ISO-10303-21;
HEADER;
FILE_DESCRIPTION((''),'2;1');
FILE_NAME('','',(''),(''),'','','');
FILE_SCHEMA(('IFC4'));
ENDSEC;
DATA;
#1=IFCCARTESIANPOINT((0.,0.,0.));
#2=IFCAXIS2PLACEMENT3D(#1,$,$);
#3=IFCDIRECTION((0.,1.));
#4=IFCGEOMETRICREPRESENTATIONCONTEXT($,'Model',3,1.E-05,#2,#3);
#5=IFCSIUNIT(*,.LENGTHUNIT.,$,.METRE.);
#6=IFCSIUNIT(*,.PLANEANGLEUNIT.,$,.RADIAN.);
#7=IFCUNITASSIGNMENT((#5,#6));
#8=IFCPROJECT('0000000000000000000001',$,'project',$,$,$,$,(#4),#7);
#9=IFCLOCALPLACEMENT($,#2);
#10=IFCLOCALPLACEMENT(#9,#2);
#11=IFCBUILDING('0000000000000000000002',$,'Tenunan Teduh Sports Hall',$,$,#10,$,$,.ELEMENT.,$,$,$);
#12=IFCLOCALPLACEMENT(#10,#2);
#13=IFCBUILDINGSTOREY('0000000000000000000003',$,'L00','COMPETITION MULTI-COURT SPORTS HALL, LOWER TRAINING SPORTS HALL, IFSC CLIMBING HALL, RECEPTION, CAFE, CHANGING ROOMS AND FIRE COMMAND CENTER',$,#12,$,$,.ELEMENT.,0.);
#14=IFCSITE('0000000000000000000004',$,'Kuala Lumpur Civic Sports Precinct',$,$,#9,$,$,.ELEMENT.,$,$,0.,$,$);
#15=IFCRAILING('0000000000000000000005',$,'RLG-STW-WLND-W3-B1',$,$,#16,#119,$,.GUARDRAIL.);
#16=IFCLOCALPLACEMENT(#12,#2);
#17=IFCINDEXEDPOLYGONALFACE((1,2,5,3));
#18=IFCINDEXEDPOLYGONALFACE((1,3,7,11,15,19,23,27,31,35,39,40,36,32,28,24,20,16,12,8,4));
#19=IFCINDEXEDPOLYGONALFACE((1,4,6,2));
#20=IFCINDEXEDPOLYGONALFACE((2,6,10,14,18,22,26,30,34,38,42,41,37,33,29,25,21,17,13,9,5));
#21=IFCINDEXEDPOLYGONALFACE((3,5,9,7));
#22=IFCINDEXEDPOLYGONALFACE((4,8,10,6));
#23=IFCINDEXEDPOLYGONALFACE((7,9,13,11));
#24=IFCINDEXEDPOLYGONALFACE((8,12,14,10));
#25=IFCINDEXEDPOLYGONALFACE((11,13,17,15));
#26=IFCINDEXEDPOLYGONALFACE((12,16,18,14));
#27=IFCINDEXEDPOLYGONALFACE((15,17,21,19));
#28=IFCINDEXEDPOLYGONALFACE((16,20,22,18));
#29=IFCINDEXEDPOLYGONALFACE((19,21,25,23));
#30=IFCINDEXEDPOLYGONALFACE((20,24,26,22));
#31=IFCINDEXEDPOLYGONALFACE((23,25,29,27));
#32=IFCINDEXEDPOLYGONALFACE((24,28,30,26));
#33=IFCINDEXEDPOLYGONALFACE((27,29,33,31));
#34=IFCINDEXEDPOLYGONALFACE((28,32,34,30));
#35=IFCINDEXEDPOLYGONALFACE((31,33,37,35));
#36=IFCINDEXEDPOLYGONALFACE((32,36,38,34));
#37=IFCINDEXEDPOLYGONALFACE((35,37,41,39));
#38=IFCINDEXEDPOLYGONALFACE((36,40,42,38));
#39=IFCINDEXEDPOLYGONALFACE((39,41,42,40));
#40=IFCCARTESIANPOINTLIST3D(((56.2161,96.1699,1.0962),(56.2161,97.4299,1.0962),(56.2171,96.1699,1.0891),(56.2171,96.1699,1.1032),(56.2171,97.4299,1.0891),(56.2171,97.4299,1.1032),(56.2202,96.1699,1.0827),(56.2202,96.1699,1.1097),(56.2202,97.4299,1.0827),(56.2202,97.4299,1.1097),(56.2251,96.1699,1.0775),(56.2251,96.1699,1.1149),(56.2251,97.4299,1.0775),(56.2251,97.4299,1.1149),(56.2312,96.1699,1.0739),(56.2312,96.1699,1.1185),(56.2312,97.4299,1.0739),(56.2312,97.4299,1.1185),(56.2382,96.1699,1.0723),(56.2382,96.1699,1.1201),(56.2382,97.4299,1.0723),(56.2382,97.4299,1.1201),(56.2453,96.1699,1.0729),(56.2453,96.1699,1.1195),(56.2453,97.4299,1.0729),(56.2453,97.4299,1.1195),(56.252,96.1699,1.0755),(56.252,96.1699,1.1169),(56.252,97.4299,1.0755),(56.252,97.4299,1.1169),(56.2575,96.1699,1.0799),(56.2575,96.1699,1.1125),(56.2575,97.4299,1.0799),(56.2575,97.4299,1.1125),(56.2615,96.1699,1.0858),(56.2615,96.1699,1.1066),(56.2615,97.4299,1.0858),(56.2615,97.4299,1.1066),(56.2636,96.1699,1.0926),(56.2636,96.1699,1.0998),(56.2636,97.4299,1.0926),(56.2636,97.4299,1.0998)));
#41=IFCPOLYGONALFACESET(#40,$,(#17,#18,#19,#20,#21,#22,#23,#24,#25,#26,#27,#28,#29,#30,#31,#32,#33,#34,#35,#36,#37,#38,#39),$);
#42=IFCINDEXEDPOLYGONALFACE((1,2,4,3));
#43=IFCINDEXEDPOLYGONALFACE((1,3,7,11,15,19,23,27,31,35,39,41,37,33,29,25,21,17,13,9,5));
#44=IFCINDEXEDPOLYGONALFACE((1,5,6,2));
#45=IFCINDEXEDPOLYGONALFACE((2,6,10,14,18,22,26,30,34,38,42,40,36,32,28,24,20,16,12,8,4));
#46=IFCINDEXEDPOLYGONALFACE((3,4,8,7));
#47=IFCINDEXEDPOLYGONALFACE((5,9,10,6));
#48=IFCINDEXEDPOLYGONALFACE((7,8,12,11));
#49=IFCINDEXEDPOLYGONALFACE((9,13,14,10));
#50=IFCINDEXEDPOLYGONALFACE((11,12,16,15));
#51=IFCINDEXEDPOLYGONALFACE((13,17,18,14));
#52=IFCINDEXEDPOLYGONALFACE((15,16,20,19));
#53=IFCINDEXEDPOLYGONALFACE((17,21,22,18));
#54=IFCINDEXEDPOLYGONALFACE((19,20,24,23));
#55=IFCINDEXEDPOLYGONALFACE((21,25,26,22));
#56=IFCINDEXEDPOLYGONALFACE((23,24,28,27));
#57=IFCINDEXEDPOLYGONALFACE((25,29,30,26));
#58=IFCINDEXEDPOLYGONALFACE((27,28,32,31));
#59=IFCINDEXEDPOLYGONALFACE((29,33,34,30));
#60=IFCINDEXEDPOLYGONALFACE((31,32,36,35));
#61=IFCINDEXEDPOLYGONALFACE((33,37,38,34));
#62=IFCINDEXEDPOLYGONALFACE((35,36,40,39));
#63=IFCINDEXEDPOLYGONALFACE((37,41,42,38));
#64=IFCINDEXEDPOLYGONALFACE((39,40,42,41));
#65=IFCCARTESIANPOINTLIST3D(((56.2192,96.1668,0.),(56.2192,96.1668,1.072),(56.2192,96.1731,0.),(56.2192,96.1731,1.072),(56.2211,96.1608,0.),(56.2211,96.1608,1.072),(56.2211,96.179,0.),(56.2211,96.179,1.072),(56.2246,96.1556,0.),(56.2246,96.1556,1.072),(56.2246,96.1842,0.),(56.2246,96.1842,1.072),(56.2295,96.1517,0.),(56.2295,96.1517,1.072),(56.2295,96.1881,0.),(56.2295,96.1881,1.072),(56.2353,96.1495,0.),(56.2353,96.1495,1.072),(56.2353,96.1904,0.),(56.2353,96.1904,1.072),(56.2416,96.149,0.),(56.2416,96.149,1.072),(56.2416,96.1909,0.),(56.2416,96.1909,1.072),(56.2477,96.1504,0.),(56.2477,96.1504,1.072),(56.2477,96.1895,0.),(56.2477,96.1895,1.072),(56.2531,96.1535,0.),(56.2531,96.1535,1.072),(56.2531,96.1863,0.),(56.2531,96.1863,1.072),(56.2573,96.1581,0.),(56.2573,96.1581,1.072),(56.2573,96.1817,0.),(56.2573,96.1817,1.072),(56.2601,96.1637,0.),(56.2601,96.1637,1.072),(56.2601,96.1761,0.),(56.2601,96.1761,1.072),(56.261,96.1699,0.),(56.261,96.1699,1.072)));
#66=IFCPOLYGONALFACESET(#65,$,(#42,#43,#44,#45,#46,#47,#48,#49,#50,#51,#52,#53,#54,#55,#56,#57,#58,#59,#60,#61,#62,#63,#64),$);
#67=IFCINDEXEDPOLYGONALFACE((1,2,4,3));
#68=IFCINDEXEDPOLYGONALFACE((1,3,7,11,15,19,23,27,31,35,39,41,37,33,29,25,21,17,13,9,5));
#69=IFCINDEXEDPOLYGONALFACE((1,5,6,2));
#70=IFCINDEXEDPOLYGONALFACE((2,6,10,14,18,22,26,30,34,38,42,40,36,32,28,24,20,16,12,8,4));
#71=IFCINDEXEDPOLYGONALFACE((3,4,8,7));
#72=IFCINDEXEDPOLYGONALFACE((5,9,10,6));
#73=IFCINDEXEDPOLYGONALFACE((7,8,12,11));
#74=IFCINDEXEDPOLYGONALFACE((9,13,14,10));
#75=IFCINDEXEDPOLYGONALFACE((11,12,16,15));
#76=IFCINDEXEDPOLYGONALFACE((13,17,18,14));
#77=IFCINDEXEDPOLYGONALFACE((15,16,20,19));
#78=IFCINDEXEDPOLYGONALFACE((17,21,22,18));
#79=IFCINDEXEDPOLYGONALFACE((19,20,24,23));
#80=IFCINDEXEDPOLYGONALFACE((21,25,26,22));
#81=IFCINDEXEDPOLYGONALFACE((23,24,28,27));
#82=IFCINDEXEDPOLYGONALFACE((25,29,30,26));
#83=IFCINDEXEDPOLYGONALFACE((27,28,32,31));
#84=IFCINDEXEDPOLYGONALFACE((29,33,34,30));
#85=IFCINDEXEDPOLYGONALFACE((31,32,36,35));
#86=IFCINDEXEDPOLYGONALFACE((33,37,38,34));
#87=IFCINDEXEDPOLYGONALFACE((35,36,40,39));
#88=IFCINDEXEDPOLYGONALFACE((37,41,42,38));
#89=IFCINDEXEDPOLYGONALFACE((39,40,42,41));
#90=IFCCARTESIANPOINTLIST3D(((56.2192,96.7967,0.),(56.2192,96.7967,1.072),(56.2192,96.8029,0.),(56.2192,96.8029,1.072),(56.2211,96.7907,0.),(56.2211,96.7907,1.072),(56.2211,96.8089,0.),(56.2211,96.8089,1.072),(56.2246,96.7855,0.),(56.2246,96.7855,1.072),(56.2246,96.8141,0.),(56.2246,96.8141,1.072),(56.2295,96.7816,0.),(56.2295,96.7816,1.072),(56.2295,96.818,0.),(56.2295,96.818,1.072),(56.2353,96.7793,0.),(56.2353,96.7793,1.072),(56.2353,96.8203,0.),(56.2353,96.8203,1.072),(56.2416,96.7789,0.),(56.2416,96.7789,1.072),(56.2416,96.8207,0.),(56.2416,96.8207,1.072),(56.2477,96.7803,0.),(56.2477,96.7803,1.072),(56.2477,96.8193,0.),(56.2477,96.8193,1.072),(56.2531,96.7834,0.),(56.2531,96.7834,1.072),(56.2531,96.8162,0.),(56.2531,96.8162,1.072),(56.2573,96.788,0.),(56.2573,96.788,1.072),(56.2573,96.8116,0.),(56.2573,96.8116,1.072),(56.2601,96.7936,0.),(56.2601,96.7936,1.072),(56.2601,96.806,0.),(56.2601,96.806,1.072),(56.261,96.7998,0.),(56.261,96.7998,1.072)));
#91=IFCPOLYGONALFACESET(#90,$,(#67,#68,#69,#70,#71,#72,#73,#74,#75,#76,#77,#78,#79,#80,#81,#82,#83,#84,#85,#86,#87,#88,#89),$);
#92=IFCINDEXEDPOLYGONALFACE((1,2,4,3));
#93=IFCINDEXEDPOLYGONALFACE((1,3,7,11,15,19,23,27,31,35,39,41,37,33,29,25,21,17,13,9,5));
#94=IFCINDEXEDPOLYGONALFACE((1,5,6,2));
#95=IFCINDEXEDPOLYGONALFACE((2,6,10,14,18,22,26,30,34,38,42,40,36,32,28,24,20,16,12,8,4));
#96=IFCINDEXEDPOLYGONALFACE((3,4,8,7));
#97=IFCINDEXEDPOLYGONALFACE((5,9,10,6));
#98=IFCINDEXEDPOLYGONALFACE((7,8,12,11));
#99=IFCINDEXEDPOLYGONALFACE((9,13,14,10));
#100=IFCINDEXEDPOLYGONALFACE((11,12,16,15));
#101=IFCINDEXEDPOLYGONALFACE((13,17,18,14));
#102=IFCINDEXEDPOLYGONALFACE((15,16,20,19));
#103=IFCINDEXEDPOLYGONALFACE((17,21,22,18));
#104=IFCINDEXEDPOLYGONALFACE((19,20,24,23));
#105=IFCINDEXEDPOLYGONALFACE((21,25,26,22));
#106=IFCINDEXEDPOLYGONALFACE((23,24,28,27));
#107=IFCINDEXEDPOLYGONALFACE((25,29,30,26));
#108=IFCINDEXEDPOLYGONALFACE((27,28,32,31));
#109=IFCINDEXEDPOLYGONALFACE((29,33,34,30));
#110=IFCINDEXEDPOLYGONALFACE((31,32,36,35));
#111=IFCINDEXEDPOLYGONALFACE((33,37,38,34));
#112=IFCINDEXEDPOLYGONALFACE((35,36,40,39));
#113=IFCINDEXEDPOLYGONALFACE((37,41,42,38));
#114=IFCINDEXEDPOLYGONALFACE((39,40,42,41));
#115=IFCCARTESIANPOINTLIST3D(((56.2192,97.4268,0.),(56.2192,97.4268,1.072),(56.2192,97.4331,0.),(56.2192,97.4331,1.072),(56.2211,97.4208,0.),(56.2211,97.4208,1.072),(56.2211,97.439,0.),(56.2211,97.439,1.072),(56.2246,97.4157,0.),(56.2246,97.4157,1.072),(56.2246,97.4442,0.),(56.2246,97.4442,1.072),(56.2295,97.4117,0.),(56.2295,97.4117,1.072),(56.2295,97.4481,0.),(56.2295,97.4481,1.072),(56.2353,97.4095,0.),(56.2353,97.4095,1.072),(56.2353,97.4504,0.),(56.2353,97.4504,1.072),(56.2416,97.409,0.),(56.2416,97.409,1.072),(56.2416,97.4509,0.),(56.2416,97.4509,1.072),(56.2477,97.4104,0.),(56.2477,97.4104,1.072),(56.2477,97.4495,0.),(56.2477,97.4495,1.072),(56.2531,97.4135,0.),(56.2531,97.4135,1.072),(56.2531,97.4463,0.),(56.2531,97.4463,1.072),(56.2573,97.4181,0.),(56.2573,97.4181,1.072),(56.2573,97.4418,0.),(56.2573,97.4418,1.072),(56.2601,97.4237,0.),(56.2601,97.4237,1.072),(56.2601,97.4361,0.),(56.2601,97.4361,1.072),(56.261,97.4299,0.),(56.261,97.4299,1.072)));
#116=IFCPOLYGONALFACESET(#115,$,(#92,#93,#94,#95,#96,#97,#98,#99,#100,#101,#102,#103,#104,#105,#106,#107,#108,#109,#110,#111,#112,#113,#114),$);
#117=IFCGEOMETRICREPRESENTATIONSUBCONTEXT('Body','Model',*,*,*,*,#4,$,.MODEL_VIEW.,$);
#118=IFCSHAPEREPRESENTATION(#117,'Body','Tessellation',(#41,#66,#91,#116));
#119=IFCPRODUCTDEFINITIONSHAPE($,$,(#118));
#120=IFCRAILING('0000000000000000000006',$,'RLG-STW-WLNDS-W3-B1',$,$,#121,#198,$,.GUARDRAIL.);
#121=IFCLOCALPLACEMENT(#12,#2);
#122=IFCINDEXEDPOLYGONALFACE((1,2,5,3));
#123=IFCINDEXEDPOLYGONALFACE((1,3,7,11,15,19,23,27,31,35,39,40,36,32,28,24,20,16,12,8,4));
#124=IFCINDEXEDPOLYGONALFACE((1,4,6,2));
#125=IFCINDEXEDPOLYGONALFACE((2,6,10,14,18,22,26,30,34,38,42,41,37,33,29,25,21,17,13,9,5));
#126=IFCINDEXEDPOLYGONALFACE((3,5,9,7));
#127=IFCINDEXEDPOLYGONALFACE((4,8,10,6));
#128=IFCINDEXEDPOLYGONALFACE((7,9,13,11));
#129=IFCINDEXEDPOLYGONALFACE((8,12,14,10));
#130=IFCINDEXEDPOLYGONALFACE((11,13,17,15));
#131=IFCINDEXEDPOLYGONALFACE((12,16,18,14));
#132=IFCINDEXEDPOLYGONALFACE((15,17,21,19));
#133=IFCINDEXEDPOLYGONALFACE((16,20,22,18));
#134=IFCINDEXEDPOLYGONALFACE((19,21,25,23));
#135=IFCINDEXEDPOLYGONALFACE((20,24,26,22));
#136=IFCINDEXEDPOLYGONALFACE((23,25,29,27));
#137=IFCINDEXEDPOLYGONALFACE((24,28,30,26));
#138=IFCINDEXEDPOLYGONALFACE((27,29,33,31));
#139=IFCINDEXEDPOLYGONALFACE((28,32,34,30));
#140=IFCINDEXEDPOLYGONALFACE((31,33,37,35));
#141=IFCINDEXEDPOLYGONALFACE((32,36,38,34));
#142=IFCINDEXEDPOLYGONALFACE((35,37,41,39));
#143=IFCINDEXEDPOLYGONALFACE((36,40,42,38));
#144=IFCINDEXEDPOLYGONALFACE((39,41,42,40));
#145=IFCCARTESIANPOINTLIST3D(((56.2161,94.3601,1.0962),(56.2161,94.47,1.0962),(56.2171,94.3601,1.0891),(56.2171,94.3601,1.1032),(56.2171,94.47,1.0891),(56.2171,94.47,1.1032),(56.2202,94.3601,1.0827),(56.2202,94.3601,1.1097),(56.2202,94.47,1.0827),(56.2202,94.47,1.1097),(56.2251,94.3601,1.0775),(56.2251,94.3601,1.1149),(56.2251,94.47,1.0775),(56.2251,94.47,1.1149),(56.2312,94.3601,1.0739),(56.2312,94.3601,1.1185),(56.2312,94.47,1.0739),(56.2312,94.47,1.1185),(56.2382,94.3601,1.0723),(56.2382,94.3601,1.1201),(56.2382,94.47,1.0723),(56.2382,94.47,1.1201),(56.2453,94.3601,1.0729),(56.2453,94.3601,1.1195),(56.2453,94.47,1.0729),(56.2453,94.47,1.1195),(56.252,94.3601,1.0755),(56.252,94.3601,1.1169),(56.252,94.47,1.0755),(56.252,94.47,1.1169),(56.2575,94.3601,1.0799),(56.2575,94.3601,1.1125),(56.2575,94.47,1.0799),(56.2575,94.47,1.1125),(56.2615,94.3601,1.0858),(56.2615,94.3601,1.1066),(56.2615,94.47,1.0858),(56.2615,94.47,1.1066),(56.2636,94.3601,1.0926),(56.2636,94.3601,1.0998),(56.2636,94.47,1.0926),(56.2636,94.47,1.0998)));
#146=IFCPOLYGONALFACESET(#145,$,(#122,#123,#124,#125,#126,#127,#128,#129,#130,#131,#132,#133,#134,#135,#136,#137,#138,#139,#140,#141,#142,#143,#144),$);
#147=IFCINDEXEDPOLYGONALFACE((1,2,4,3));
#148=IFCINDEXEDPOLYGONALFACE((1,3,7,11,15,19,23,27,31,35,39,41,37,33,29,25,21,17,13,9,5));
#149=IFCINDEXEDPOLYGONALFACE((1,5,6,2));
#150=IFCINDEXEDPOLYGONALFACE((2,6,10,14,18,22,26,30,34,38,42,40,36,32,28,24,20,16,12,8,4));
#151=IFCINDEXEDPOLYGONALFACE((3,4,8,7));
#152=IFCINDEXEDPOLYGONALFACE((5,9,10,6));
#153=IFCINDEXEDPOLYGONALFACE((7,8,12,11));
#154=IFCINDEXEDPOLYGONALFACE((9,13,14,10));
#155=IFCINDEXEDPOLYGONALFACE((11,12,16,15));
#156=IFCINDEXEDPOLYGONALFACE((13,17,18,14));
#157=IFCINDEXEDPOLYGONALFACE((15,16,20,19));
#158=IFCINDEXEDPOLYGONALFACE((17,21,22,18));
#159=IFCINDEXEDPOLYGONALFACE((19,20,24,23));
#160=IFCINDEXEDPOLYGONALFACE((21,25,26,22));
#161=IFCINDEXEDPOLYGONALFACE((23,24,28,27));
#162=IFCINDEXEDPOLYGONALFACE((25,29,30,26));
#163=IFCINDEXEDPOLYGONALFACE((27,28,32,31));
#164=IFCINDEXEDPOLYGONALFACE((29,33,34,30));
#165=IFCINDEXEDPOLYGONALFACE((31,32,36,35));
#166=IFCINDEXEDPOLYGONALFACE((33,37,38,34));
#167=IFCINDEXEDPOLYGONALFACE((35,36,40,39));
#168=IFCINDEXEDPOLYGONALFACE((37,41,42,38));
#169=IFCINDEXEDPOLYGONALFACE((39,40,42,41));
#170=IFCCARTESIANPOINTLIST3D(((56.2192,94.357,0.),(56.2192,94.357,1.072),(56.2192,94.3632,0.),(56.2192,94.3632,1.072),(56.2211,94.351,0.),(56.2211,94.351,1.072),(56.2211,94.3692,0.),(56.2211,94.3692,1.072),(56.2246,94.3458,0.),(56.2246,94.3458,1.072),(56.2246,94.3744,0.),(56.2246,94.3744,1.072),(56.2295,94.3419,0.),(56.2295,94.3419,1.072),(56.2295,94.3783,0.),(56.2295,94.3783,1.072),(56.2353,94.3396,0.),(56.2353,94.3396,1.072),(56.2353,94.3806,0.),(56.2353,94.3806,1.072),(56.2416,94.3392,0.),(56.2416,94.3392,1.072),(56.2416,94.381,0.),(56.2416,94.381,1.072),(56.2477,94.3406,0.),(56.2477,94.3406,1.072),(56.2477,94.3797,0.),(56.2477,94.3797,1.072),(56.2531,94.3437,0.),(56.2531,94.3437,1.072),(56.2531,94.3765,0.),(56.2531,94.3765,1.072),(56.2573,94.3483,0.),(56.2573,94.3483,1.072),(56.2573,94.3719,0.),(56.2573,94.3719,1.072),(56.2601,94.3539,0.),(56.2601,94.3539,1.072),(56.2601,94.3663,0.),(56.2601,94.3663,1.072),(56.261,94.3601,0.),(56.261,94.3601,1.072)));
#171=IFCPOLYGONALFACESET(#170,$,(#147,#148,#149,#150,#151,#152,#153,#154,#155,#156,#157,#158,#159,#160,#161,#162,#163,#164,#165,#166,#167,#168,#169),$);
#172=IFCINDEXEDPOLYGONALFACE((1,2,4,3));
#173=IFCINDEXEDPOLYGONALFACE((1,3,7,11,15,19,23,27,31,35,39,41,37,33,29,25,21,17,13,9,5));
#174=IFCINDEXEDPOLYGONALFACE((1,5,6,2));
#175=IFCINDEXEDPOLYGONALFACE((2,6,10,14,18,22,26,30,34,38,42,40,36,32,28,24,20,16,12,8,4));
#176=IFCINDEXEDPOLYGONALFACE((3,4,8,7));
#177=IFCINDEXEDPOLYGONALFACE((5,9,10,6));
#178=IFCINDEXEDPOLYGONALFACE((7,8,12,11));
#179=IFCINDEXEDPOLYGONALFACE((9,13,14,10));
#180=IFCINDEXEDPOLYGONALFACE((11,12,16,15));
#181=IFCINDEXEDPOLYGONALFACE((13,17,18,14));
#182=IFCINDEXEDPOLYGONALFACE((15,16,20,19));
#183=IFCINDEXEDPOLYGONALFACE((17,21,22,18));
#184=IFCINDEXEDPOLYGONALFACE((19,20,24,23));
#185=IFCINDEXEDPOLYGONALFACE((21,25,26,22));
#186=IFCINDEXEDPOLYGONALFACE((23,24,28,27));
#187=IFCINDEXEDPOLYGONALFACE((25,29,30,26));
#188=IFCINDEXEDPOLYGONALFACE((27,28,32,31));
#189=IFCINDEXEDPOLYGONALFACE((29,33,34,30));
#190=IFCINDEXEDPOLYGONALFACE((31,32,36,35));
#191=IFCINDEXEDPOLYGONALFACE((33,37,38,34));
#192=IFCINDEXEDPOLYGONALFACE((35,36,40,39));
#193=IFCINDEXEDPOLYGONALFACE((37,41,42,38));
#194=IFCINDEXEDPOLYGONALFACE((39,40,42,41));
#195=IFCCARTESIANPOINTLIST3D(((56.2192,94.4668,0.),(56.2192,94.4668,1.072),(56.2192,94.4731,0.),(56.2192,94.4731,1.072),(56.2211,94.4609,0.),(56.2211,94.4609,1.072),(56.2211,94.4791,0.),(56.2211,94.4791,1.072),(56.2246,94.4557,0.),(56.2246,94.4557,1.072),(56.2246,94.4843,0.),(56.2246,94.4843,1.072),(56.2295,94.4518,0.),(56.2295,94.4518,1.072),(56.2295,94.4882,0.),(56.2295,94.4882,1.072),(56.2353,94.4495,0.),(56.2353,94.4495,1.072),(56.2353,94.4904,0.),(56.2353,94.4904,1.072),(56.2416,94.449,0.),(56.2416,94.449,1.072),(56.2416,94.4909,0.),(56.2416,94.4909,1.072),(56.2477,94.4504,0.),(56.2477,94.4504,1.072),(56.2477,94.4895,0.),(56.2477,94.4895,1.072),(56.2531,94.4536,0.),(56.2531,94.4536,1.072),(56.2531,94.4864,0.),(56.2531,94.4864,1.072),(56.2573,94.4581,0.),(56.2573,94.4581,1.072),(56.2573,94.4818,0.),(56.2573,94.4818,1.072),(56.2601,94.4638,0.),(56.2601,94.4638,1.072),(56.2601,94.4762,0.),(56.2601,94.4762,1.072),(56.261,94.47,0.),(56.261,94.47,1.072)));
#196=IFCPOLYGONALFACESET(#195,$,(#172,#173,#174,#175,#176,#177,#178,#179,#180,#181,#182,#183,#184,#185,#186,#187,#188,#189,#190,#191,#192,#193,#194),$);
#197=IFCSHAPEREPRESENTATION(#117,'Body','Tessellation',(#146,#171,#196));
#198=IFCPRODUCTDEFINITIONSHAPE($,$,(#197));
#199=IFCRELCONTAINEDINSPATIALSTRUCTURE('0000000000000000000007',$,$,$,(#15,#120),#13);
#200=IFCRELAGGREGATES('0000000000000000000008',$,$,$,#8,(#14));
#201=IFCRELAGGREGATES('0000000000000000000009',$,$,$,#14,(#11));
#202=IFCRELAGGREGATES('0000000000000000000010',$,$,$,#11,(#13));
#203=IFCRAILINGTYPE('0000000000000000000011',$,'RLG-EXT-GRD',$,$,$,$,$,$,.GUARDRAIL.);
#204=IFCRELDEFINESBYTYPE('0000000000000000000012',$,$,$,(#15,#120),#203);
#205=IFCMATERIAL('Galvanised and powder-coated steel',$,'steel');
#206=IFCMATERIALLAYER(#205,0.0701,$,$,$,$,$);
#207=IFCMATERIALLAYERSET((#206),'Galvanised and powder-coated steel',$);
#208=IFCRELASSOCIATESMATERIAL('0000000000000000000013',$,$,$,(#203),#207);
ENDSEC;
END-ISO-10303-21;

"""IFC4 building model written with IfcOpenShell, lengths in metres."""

from ifc_helpers import new_model, si_unit, direction, frame, origin, origin_2d, place, context, subcontext, project, spatial, circle, extrude, material, layer, layer_set, type_object, element, save


model = new_model("IFC4")

# Units and contexts
model_context = context("Model", 3, precision=1e-05, world=origin(), true_north=direction((0.0, 1.0)))
body_context = subcontext(model_context, "Body", "Model", "MODEL_VIEW")
ifc_project = project(units=[si_unit("LENGTHUNIT", "METRE"), si_unit("PLANEANGLEUNIT", "RADIAN")], contexts=[model_context])

# Site, building, storey
site_placement = place(None, origin())
site = spatial("IfcSite", under=ifc_project, at=site_placement, Name="Kuala Lumpur Civic Sports Precinct", CompositionType="ELEMENT", RefElevation=0.0)
building_placement = place(site_placement, origin())
building = spatial("IfcBuilding", under=site, at=building_placement, Name="Tenunan Teduh Sports Hall", CompositionType="ELEMENT")
storey_placement = place(building_placement, origin())
storey = spatial("IfcBuildingStorey", under=building, at=storey_placement, Name="L00", Description="COMPETITION MULTI-COURT SPORTS HALL, LOWER TRAINING SPORTS HALL, IFSC CLIMBING HALL, RECEPTION, CAFE, CHANGING ROOMS AND FIRE COMMAND CENTER", CompositionType="ELEMENT", Elevation=0.0)

# Railings
ifc_material_1 = material(Name="Galvanised and powder-coated steel", Category="steel")
ifc_layer_1 = layer(ifc_material_1, 0.0701)
ifc_layer_set_1 = layer_set([ifc_layer_1], Name="Galvanised and powder-coated steel")
railing_type_1 = type_object("IfcRailingType", Name="RLG-EXT-GRD", PredefinedType="GUARDRAIL", material=ifc_layer_set_1)
railing_1_placement = place(storey_placement, frame((56.24, 96.1699, 0.0)))
element("IfcRailing", 1, at=railing_1_placement, inside=storey, type_object=railing_type_1, Name="RLG-STW-WLND-W3-B1", PredefinedType="GUARDRAIL", context=body_context, shape_type="SweptSolid", body=[
    extrude(circle(Radius=0.0239, at=origin_2d()), frame((0.0, 0.0, 1.0962), z_axis=(0.0, 1.0, 0.0), x_axis=(-1.0, 0.0, 0.0)), (0.0, 0.0, 1.0), 1.26),
    extrude(circle(Radius=0.021, at=origin_2d()), origin(), (0.0, 0.0, 1.0), 1.072),
    extrude(circle(Radius=0.021, at=origin_2d()), frame((0.0, 0.6299, 0.0)), (0.0, 0.0, 1.0), 1.072),
    extrude(circle(Radius=0.021, at=origin_2d()), frame((0.0, 1.26, 0.0)), (0.0, 0.0, 1.0), 1.072),
])
railing_2_placement = place(storey_placement, frame((56.24, 94.3601, 0.0)))
element("IfcRailing", 2, at=railing_2_placement, inside=storey, type_object=railing_type_1, Name="RLG-STW-WLNDS-W3-B1", PredefinedType="GUARDRAIL", context=body_context, shape_type="SweptSolid", body=[
    extrude(circle(Radius=0.0239, at=origin_2d()), frame((0.0, 0.0, 1.0962), z_axis=(0.0, 1.0, 0.0), x_axis=(-1.0, 0.0, 0.0)), (0.0, 0.0, 1.0), 0.1099),
    extrude(circle(Radius=0.021, at=origin_2d()), origin(), (0.0, 0.0, 1.0), 1.072),
    extrude(circle(Radius=0.021, at=origin_2d()), frame((0.0, 0.1099, 0.0)), (0.0, 0.0, 1.0), 1.072),
])

save(model, "model.ifc")
